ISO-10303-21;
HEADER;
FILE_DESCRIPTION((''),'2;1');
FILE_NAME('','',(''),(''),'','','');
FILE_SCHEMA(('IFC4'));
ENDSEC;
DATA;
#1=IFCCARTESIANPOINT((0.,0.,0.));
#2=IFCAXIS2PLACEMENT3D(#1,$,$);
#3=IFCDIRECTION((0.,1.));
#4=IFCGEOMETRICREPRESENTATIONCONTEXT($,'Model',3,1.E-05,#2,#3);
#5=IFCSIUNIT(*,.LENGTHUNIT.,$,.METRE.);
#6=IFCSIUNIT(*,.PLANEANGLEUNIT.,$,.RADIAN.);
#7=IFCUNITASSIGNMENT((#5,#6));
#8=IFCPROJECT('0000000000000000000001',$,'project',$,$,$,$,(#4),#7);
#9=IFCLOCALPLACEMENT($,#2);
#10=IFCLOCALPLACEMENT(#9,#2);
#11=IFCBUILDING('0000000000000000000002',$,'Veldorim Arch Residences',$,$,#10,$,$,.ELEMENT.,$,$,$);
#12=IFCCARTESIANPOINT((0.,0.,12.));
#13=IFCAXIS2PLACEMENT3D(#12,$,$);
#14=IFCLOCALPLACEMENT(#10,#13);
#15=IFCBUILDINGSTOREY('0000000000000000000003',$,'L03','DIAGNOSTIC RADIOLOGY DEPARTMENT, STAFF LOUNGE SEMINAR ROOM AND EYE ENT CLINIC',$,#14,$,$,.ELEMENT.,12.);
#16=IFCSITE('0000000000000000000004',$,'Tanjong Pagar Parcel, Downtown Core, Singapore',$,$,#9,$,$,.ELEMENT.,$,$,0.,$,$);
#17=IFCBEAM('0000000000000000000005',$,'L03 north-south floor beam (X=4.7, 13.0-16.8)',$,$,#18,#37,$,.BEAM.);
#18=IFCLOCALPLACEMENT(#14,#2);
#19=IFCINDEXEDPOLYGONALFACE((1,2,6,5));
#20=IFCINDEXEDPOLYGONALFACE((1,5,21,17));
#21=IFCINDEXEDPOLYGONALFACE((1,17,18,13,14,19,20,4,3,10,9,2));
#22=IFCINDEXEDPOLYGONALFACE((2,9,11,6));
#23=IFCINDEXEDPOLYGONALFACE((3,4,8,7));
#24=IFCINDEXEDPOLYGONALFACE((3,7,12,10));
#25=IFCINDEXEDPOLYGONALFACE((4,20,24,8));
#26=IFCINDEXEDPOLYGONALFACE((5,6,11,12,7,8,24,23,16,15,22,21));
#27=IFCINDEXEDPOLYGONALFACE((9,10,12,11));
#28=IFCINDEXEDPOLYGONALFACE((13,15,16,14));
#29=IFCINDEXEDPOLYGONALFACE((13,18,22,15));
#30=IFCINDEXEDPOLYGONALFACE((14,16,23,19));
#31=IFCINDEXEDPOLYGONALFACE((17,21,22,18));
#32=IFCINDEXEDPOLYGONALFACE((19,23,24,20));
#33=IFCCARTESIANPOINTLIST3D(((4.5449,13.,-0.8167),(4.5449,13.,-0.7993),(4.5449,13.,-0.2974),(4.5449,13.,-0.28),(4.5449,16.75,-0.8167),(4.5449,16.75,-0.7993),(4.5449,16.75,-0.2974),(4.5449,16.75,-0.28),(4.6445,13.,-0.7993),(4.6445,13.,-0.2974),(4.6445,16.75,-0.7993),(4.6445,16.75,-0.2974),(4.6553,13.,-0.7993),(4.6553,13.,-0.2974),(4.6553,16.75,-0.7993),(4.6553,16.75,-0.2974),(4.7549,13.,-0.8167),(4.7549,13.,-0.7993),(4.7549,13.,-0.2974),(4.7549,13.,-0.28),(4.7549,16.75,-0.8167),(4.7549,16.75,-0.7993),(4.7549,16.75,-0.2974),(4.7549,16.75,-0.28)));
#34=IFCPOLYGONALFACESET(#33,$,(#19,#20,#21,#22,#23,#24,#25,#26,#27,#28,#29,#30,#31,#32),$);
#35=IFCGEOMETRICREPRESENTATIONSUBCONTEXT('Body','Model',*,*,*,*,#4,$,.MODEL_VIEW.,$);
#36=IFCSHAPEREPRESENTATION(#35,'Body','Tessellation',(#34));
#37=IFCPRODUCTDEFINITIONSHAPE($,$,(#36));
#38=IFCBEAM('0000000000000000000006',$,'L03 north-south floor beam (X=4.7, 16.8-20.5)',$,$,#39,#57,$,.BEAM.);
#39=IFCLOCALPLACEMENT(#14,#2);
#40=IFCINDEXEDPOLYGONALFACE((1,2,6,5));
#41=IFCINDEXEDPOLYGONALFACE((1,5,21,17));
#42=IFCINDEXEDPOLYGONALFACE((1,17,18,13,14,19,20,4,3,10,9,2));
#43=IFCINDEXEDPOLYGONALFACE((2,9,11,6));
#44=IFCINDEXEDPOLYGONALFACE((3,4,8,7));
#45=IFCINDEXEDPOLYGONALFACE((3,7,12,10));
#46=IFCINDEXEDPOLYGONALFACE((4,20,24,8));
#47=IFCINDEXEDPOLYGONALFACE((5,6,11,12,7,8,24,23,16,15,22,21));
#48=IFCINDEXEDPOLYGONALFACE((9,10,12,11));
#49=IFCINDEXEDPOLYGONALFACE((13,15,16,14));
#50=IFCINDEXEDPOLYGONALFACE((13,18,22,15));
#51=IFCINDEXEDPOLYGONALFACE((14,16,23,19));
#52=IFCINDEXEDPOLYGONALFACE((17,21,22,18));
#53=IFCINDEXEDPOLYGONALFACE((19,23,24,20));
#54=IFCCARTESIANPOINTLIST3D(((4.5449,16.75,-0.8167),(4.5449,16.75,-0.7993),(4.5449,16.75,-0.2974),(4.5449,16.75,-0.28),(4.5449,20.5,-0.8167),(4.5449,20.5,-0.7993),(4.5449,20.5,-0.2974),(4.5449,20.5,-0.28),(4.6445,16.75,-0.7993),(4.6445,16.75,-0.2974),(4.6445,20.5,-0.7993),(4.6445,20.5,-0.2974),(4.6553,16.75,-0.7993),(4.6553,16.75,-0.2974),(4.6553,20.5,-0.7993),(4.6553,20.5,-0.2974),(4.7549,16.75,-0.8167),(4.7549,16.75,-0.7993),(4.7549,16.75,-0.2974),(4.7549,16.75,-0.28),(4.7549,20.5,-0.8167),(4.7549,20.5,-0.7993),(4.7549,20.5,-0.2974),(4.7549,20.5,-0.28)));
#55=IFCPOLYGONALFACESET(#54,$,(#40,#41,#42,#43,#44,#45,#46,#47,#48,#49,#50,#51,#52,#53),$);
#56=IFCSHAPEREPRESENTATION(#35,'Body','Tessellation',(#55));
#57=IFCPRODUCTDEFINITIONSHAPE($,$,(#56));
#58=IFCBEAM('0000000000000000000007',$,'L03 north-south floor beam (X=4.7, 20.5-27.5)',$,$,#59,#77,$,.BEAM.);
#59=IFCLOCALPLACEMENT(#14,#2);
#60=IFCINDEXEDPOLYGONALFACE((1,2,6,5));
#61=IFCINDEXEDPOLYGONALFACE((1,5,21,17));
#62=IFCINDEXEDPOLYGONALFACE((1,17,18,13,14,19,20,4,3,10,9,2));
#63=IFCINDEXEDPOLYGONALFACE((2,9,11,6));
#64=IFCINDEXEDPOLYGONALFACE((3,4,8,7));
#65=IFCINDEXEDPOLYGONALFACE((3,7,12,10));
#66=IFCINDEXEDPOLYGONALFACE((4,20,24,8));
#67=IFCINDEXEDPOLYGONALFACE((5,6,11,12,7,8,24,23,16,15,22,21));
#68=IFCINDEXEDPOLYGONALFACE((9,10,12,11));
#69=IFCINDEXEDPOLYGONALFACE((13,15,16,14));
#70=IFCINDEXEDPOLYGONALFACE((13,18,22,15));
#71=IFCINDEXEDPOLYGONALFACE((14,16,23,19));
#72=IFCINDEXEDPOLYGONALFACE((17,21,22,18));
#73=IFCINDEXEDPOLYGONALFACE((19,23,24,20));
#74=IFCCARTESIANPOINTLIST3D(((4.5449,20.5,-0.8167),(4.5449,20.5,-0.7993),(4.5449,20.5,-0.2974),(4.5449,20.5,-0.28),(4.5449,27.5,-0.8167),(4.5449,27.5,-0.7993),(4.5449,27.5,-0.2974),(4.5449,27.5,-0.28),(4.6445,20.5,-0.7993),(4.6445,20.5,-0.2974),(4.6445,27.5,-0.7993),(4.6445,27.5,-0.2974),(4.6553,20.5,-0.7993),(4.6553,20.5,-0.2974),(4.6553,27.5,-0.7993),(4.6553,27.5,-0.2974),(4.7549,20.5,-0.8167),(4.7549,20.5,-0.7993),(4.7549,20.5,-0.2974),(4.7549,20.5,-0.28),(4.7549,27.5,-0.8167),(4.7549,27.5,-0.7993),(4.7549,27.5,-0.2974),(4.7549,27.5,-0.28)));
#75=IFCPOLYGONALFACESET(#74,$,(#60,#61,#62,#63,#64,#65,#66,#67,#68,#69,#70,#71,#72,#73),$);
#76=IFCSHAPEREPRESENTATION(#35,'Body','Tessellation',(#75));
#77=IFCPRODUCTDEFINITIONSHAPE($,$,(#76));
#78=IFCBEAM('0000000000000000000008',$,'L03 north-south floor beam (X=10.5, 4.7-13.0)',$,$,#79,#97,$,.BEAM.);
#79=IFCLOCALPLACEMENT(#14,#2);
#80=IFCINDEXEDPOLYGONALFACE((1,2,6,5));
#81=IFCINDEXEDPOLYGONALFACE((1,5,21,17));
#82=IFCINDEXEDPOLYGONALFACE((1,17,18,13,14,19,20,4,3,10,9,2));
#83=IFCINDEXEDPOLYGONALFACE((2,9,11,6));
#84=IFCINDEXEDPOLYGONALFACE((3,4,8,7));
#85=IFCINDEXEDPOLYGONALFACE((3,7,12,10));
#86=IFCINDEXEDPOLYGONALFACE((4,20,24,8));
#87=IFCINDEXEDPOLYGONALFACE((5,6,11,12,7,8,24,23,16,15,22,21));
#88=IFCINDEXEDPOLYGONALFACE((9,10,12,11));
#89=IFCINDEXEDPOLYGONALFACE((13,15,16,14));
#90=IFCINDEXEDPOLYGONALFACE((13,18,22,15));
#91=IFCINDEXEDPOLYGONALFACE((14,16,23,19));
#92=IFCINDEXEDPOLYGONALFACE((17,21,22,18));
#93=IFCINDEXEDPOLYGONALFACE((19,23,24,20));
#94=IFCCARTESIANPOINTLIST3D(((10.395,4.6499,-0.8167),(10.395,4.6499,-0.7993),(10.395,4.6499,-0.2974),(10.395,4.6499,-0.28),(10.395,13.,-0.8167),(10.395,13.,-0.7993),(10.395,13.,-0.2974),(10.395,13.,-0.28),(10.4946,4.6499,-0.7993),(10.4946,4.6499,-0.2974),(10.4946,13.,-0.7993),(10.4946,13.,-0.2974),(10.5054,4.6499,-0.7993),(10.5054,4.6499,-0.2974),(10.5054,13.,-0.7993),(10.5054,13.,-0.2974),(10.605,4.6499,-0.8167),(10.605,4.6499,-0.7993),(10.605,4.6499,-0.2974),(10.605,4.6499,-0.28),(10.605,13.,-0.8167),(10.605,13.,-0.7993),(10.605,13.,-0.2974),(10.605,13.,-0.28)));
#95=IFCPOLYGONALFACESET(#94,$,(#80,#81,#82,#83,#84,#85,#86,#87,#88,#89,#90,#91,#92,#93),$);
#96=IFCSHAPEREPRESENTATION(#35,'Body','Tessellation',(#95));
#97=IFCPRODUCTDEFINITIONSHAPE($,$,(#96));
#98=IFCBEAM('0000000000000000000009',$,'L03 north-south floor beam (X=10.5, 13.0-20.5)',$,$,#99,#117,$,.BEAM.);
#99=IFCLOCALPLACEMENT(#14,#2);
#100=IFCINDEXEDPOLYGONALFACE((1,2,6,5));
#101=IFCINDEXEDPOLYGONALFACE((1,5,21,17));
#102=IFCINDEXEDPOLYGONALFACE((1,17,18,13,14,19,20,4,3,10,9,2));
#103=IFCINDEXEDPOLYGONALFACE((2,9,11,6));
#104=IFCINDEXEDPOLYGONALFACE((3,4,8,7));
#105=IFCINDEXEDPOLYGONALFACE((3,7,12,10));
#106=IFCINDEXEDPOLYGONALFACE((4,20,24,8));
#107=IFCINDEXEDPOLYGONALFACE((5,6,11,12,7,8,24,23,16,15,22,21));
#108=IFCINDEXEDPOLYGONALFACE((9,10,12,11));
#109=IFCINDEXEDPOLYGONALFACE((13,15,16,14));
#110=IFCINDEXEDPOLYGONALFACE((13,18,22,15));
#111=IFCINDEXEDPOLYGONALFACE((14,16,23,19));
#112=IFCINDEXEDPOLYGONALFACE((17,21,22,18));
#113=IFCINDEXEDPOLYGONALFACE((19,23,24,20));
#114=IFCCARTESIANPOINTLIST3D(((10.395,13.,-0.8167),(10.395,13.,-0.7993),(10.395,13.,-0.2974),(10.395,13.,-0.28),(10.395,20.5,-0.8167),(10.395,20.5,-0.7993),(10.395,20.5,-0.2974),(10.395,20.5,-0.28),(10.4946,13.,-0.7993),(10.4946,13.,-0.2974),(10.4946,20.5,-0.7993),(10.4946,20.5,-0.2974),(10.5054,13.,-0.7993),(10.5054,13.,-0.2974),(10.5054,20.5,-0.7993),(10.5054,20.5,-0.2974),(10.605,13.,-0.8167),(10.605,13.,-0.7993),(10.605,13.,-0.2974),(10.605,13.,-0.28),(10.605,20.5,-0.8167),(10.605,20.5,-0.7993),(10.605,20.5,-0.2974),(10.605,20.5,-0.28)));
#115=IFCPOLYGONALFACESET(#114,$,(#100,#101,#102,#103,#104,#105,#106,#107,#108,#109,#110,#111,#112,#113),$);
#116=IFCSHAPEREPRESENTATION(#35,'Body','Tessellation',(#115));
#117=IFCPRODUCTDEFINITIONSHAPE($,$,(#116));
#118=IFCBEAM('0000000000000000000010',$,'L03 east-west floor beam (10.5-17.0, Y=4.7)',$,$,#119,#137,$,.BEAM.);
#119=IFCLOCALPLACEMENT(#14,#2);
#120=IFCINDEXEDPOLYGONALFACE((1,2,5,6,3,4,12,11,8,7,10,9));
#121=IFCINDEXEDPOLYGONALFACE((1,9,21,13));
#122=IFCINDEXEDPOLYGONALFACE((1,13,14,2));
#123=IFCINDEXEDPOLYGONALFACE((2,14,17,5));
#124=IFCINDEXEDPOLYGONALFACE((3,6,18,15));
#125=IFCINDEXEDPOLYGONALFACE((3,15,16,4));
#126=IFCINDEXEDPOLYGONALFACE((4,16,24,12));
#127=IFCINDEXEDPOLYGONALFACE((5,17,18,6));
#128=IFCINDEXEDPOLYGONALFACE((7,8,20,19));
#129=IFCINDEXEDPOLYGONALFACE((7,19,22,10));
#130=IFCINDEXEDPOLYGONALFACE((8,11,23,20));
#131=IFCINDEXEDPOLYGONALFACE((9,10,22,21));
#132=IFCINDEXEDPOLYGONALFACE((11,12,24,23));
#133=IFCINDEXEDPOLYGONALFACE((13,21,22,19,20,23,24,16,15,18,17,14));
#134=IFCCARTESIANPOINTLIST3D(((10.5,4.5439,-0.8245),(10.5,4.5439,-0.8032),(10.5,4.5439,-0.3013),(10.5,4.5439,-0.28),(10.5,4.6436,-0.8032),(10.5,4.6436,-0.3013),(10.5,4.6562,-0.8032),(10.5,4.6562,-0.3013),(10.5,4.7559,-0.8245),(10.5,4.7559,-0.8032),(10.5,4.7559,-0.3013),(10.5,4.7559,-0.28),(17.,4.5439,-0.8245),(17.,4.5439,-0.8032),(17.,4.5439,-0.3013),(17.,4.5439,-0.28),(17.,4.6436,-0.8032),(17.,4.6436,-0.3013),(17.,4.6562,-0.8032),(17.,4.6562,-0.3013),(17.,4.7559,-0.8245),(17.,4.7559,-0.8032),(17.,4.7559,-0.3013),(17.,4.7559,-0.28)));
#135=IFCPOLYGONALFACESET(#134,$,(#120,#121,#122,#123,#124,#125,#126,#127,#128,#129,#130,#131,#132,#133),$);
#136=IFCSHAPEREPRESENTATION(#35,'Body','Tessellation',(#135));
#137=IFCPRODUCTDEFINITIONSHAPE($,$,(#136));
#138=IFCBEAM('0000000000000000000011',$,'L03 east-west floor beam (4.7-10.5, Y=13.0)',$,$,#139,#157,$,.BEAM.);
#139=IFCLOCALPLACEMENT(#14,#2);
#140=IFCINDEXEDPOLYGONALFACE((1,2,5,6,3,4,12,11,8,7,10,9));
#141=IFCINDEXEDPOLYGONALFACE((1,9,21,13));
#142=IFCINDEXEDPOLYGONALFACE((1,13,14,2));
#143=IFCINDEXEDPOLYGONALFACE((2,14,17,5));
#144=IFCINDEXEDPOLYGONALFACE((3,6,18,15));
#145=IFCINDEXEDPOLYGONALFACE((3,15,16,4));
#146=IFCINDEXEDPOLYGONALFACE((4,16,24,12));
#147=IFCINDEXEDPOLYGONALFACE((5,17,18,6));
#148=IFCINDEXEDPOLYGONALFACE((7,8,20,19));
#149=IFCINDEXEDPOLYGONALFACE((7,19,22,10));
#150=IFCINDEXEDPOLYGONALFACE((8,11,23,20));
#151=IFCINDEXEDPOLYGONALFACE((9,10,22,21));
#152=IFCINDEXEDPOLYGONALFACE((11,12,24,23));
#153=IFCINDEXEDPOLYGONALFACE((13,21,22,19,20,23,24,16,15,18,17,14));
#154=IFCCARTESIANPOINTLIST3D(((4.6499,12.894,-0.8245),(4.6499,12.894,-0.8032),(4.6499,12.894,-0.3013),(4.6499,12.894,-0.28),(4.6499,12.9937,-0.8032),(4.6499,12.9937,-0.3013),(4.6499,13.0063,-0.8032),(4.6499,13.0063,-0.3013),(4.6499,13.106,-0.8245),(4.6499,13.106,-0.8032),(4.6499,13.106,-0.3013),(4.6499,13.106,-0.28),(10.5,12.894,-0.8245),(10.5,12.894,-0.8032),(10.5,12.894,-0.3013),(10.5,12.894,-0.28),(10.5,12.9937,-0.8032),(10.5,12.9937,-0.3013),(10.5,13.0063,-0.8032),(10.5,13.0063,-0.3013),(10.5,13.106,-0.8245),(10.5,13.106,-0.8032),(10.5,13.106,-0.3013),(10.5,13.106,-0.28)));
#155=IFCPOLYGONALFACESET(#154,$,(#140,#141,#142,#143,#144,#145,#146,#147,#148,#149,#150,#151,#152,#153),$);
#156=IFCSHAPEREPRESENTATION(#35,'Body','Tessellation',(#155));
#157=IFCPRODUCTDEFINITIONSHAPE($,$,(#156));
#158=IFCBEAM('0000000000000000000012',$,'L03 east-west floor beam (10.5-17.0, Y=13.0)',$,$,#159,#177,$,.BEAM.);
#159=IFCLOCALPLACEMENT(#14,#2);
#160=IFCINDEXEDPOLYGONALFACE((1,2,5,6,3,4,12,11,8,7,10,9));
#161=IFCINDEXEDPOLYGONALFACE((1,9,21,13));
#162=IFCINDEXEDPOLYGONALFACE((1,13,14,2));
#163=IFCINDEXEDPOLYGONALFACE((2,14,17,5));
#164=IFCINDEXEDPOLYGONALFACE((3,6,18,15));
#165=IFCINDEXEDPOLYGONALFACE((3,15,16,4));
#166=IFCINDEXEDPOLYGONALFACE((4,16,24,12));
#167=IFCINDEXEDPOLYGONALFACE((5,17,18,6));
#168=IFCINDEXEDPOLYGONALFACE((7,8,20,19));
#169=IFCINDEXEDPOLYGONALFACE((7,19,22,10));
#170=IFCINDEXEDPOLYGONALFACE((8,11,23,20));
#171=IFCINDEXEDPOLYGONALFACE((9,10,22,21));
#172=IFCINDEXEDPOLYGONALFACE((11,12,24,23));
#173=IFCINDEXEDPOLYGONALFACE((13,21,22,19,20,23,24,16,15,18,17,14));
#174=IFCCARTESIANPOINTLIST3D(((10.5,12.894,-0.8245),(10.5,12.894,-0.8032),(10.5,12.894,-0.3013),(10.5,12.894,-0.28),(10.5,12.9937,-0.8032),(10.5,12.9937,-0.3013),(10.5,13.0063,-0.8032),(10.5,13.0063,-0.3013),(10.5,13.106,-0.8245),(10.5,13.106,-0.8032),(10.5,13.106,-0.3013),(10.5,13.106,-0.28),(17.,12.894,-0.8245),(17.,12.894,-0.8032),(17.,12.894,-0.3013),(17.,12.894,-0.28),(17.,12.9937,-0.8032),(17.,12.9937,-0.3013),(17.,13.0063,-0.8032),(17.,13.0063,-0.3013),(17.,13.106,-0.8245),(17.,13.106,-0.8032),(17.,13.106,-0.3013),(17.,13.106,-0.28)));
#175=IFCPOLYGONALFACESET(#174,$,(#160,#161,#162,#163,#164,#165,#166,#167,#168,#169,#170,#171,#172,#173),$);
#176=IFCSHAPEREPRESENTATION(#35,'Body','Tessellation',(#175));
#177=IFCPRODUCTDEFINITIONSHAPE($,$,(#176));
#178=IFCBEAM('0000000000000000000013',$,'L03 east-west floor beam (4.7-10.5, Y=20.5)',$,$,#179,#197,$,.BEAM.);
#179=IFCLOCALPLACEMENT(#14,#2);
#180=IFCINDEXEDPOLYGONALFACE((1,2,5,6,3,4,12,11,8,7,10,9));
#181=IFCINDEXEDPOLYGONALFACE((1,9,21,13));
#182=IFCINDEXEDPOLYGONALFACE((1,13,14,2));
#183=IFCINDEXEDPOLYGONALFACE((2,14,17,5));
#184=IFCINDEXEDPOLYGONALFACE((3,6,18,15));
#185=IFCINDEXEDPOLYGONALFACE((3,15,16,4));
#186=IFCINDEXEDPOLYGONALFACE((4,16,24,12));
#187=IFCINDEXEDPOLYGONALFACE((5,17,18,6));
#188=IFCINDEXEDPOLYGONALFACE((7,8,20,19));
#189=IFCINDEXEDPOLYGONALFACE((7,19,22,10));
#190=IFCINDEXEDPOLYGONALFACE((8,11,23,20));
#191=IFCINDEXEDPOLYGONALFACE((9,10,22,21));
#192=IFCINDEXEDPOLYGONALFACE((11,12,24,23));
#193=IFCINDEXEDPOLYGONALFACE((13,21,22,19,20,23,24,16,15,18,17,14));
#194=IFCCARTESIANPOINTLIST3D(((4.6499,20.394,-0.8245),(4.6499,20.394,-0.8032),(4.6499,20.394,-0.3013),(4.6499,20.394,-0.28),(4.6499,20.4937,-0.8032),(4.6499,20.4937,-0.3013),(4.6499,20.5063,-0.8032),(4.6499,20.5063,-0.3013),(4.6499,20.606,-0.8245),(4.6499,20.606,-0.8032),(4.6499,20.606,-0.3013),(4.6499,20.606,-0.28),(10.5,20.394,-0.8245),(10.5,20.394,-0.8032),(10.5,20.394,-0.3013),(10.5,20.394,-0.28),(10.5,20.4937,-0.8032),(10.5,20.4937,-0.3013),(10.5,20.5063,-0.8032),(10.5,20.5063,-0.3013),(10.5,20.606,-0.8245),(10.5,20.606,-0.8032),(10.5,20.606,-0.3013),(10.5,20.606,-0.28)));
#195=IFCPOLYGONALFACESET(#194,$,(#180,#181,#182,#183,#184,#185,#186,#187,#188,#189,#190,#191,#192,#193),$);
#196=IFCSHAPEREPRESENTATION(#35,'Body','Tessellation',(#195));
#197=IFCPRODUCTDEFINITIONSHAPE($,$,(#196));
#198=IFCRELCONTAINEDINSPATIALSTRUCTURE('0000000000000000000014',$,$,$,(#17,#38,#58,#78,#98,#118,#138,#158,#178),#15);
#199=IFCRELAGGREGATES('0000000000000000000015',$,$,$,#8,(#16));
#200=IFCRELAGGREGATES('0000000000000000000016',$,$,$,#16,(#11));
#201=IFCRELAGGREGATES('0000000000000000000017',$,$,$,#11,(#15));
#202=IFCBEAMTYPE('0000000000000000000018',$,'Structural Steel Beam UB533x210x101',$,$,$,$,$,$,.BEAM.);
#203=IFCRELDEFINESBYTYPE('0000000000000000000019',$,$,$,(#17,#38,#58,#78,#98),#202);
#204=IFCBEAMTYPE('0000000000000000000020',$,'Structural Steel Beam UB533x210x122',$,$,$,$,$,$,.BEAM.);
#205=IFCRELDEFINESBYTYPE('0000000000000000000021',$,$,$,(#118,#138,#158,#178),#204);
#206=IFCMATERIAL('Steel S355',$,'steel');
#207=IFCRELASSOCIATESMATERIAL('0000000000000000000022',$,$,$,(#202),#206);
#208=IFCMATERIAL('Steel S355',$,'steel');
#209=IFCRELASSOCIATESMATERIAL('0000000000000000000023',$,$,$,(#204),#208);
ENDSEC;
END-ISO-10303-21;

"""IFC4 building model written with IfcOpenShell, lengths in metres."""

from ifc_helpers import new_model, si_unit, direction, frame, origin, origin_2d, place, context, subcontext, project, spatial, i_section, extrude, material, material_profile, profile_set, type_object, element, save


model = new_model("IFC4")

# Units and contexts
model_context = context("Model", 3, precision=1e-05, world=origin(), true_north=direction((0.0, 1.0)))
body_context = subcontext(model_context, "Body", "Model", "MODEL_VIEW")
ifc_project = project(units=[si_unit("LENGTHUNIT", "METRE"), si_unit("PLANEANGLEUNIT", "RADIAN")], contexts=[model_context])

# Site, building, storey
site_placement = place(None, origin())
site = spatial("IfcSite", under=ifc_project, at=site_placement, Name="Tanjong Pagar Parcel, Downtown Core, Singapore", CompositionType="ELEMENT", RefElevation=0.0)
building_placement = place(site_placement, origin())
building = spatial("IfcBuilding", under=site, at=building_placement, Name="Veldorim Arch Residences", CompositionType="ELEMENT")
storey_placement = place(building_placement, frame((0.0, 0.0, 12.0)))
storey = spatial("IfcBuildingStorey", under=building, at=storey_placement, Name="L03", Description="DIAGNOSTIC RADIOLOGY DEPARTMENT, STAFF LOUNGE SEMINAR ROOM AND EYE ENT CLINIC", CompositionType="ELEMENT", Elevation=12.0)

# Beams
ifc_material_1 = material(Name="Steel S355", Category="steel")
ifc_material_profile_1 = material_profile(ifc_material_1, i_section(OverallWidth=0.21, OverallDepth=0.5366, WebThickness=0.0107, FlangeThickness=0.0173, at=origin_2d()), Name="UB533x210x101")
ifc_profile_set_1 = profile_set([ifc_material_profile_1], Name="Steel S355")
beam_type_1 = type_object("IfcBeamType", Name="Structural Steel Beam UB533x210x101", PredefinedType="BEAM", material=ifc_profile_set_1)
for number, where, z_axis, x_axis, name in (
    (1, (4.6499, 13.0, -0.5483), (0.0, 1.0, 0.0), (-1.0, 0.0, 0.0), "L03 north-south floor beam (X=4.7, 13.0-16.8)"),
    (2, (4.6499, 16.75, -0.5483), (0.0, 1.0, 0.0), (-1.0, 0.0, 0.0), "L03 north-south floor beam (X=4.7, 16.8-20.5)"),
):
    element("IfcBeam", number, at=place(storey_placement, frame(where, z_axis=z_axis, x_axis=x_axis)), inside=storey, type_object=beam_type_1, Name=name, PredefinedType="BEAM", context=body_context, shape_type="SweptSolid", body=[
        extrude(i_section(OverallWidth=0.21, OverallDepth=0.5366, WebThickness=0.0107, FlangeThickness=0.0173, at=origin_2d()), origin(), (0.0, 0.0, 1.0), 3.75),
    ])
beam_1_placement = place(storey_placement, frame((4.6499, 20.5, -0.5483), z_axis=(0.0, 1.0, 0.0), x_axis=(-1.0, 0.0, 0.0)))
element("IfcBeam", 3, at=beam_1_placement, inside=storey, type_object=beam_type_1, Name="L03 north-south floor beam (X=4.7, 20.5-27.5)", PredefinedType="BEAM", context=body_context, shape_type="SweptSolid", body=[
    extrude(i_section(OverallWidth=0.21, OverallDepth=0.5366, WebThickness=0.0107, FlangeThickness=0.0173, at=origin_2d()), origin(), (0.0, 0.0, 1.0), 7.0),
])
beam_2_placement = place(storey_placement, frame((10.5, 4.6499, -0.5483), z_axis=(0.0, 1.0, 0.0), x_axis=(-1.0, 0.0, 0.0)))
element("IfcBeam", 4, at=beam_2_placement, inside=storey, type_object=beam_type_1, Name="L03 north-south floor beam (X=10.5, 4.7-13.0)", PredefinedType="BEAM", context=body_context, shape_type="SweptSolid", body=[
    extrude(i_section(OverallWidth=0.21, OverallDepth=0.5366, WebThickness=0.0107, FlangeThickness=0.0173, at=origin_2d()), origin(), (0.0, 0.0, 1.0), 8.3501),
])
beam_3_placement = place(storey_placement, frame((10.5, 13.0, -0.5483), z_axis=(0.0, 1.0, 0.0), x_axis=(-1.0, 0.0, 0.0)))
element("IfcBeam", 5, at=beam_3_placement, inside=storey, type_object=beam_type_1, Name="L03 north-south floor beam (X=10.5, 13.0-20.5)", PredefinedType="BEAM", context=body_context, shape_type="SweptSolid", body=[
    extrude(i_section(OverallWidth=0.21, OverallDepth=0.5366, WebThickness=0.0107, FlangeThickness=0.0173, at=origin_2d()), origin(), (0.0, 0.0, 1.0), 7.5),
])
ifc_material_2 = material(Name="Steel S355", Category="steel")
ifc_material_profile_2 = material_profile(ifc_material_2, i_section(OverallWidth=0.2119, OverallDepth=0.5444, WebThickness=0.0127, FlangeThickness=0.0212, at=origin_2d()), Name="UB533x210x122")
ifc_profile_set_2 = profile_set([ifc_material_profile_2], Name="Steel S355")
beam_type_2 = type_object("IfcBeamType", Name="Structural Steel Beam UB533x210x122", PredefinedType="BEAM", material=ifc_profile_set_2)
beam_4_placement = place(storey_placement, frame((10.5, 4.6499, -0.5522), z_axis=(1.0, 0.0, 0.0), x_axis=(0.0, 1.0, 0.0)))
element("IfcBeam", 6, at=beam_4_placement, inside=storey, type_object=beam_type_2, Name="L03 east-west floor beam (10.5-17.0, Y=4.7)", PredefinedType="BEAM", context=body_context, shape_type="SweptSolid", body=[
    extrude(i_section(OverallWidth=0.2119, OverallDepth=0.5444, WebThickness=0.0127, FlangeThickness=0.0212, at=origin_2d()), origin(), (0.0, 0.0, 1.0), 6.5),
])
beam_5_placement = place(storey_placement, frame((4.6499, 13.0, -0.5522), z_axis=(1.0, 0.0, 0.0), x_axis=(0.0, 1.0, 0.0)))
element("IfcBeam", 7, at=beam_5_placement, inside=storey, type_object=beam_type_2, Name="L03 east-west floor beam (4.7-10.5, Y=13.0)", PredefinedType="BEAM", context=body_context, shape_type="SweptSolid", body=[
    extrude(i_section(OverallWidth=0.2119, OverallDepth=0.5444, WebThickness=0.0127, FlangeThickness=0.0212, at=origin_2d()), origin(), (0.0, 0.0, 1.0), 5.8501),
])
beam_6_placement = place(storey_placement, frame((10.5, 13.0, -0.5522), z_axis=(1.0, 0.0, 0.0), x_axis=(0.0, 1.0, 0.0)))
element("IfcBeam", 8, at=beam_6_placement, inside=storey, type_object=beam_type_2, Name="L03 east-west floor beam (10.5-17.0, Y=13.0)", PredefinedType="BEAM", context=body_context, shape_type="SweptSolid", body=[
    extrude(i_section(OverallWidth=0.2119, OverallDepth=0.5444, WebThickness=0.0127, FlangeThickness=0.0212, at=origin_2d()), origin(), (0.0, 0.0, 1.0), 6.5),
])
beam_7_placement = place(storey_placement, frame((4.6499, 20.5, -0.5522), z_axis=(1.0, 0.0, 0.0), x_axis=(0.0, 1.0, 0.0)))
element("IfcBeam", 9, at=beam_7_placement, inside=storey, type_object=beam_type_2, Name="L03 east-west floor beam (4.7-10.5, Y=20.5)", PredefinedType="BEAM", context=body_context, shape_type="SweptSolid", body=[
    extrude(i_section(OverallWidth=0.2119, OverallDepth=0.5444, WebThickness=0.0127, FlangeThickness=0.0212, at=origin_2d()), origin(), (0.0, 0.0, 1.0), 5.8501),
])

save(model, "model.ifc")
